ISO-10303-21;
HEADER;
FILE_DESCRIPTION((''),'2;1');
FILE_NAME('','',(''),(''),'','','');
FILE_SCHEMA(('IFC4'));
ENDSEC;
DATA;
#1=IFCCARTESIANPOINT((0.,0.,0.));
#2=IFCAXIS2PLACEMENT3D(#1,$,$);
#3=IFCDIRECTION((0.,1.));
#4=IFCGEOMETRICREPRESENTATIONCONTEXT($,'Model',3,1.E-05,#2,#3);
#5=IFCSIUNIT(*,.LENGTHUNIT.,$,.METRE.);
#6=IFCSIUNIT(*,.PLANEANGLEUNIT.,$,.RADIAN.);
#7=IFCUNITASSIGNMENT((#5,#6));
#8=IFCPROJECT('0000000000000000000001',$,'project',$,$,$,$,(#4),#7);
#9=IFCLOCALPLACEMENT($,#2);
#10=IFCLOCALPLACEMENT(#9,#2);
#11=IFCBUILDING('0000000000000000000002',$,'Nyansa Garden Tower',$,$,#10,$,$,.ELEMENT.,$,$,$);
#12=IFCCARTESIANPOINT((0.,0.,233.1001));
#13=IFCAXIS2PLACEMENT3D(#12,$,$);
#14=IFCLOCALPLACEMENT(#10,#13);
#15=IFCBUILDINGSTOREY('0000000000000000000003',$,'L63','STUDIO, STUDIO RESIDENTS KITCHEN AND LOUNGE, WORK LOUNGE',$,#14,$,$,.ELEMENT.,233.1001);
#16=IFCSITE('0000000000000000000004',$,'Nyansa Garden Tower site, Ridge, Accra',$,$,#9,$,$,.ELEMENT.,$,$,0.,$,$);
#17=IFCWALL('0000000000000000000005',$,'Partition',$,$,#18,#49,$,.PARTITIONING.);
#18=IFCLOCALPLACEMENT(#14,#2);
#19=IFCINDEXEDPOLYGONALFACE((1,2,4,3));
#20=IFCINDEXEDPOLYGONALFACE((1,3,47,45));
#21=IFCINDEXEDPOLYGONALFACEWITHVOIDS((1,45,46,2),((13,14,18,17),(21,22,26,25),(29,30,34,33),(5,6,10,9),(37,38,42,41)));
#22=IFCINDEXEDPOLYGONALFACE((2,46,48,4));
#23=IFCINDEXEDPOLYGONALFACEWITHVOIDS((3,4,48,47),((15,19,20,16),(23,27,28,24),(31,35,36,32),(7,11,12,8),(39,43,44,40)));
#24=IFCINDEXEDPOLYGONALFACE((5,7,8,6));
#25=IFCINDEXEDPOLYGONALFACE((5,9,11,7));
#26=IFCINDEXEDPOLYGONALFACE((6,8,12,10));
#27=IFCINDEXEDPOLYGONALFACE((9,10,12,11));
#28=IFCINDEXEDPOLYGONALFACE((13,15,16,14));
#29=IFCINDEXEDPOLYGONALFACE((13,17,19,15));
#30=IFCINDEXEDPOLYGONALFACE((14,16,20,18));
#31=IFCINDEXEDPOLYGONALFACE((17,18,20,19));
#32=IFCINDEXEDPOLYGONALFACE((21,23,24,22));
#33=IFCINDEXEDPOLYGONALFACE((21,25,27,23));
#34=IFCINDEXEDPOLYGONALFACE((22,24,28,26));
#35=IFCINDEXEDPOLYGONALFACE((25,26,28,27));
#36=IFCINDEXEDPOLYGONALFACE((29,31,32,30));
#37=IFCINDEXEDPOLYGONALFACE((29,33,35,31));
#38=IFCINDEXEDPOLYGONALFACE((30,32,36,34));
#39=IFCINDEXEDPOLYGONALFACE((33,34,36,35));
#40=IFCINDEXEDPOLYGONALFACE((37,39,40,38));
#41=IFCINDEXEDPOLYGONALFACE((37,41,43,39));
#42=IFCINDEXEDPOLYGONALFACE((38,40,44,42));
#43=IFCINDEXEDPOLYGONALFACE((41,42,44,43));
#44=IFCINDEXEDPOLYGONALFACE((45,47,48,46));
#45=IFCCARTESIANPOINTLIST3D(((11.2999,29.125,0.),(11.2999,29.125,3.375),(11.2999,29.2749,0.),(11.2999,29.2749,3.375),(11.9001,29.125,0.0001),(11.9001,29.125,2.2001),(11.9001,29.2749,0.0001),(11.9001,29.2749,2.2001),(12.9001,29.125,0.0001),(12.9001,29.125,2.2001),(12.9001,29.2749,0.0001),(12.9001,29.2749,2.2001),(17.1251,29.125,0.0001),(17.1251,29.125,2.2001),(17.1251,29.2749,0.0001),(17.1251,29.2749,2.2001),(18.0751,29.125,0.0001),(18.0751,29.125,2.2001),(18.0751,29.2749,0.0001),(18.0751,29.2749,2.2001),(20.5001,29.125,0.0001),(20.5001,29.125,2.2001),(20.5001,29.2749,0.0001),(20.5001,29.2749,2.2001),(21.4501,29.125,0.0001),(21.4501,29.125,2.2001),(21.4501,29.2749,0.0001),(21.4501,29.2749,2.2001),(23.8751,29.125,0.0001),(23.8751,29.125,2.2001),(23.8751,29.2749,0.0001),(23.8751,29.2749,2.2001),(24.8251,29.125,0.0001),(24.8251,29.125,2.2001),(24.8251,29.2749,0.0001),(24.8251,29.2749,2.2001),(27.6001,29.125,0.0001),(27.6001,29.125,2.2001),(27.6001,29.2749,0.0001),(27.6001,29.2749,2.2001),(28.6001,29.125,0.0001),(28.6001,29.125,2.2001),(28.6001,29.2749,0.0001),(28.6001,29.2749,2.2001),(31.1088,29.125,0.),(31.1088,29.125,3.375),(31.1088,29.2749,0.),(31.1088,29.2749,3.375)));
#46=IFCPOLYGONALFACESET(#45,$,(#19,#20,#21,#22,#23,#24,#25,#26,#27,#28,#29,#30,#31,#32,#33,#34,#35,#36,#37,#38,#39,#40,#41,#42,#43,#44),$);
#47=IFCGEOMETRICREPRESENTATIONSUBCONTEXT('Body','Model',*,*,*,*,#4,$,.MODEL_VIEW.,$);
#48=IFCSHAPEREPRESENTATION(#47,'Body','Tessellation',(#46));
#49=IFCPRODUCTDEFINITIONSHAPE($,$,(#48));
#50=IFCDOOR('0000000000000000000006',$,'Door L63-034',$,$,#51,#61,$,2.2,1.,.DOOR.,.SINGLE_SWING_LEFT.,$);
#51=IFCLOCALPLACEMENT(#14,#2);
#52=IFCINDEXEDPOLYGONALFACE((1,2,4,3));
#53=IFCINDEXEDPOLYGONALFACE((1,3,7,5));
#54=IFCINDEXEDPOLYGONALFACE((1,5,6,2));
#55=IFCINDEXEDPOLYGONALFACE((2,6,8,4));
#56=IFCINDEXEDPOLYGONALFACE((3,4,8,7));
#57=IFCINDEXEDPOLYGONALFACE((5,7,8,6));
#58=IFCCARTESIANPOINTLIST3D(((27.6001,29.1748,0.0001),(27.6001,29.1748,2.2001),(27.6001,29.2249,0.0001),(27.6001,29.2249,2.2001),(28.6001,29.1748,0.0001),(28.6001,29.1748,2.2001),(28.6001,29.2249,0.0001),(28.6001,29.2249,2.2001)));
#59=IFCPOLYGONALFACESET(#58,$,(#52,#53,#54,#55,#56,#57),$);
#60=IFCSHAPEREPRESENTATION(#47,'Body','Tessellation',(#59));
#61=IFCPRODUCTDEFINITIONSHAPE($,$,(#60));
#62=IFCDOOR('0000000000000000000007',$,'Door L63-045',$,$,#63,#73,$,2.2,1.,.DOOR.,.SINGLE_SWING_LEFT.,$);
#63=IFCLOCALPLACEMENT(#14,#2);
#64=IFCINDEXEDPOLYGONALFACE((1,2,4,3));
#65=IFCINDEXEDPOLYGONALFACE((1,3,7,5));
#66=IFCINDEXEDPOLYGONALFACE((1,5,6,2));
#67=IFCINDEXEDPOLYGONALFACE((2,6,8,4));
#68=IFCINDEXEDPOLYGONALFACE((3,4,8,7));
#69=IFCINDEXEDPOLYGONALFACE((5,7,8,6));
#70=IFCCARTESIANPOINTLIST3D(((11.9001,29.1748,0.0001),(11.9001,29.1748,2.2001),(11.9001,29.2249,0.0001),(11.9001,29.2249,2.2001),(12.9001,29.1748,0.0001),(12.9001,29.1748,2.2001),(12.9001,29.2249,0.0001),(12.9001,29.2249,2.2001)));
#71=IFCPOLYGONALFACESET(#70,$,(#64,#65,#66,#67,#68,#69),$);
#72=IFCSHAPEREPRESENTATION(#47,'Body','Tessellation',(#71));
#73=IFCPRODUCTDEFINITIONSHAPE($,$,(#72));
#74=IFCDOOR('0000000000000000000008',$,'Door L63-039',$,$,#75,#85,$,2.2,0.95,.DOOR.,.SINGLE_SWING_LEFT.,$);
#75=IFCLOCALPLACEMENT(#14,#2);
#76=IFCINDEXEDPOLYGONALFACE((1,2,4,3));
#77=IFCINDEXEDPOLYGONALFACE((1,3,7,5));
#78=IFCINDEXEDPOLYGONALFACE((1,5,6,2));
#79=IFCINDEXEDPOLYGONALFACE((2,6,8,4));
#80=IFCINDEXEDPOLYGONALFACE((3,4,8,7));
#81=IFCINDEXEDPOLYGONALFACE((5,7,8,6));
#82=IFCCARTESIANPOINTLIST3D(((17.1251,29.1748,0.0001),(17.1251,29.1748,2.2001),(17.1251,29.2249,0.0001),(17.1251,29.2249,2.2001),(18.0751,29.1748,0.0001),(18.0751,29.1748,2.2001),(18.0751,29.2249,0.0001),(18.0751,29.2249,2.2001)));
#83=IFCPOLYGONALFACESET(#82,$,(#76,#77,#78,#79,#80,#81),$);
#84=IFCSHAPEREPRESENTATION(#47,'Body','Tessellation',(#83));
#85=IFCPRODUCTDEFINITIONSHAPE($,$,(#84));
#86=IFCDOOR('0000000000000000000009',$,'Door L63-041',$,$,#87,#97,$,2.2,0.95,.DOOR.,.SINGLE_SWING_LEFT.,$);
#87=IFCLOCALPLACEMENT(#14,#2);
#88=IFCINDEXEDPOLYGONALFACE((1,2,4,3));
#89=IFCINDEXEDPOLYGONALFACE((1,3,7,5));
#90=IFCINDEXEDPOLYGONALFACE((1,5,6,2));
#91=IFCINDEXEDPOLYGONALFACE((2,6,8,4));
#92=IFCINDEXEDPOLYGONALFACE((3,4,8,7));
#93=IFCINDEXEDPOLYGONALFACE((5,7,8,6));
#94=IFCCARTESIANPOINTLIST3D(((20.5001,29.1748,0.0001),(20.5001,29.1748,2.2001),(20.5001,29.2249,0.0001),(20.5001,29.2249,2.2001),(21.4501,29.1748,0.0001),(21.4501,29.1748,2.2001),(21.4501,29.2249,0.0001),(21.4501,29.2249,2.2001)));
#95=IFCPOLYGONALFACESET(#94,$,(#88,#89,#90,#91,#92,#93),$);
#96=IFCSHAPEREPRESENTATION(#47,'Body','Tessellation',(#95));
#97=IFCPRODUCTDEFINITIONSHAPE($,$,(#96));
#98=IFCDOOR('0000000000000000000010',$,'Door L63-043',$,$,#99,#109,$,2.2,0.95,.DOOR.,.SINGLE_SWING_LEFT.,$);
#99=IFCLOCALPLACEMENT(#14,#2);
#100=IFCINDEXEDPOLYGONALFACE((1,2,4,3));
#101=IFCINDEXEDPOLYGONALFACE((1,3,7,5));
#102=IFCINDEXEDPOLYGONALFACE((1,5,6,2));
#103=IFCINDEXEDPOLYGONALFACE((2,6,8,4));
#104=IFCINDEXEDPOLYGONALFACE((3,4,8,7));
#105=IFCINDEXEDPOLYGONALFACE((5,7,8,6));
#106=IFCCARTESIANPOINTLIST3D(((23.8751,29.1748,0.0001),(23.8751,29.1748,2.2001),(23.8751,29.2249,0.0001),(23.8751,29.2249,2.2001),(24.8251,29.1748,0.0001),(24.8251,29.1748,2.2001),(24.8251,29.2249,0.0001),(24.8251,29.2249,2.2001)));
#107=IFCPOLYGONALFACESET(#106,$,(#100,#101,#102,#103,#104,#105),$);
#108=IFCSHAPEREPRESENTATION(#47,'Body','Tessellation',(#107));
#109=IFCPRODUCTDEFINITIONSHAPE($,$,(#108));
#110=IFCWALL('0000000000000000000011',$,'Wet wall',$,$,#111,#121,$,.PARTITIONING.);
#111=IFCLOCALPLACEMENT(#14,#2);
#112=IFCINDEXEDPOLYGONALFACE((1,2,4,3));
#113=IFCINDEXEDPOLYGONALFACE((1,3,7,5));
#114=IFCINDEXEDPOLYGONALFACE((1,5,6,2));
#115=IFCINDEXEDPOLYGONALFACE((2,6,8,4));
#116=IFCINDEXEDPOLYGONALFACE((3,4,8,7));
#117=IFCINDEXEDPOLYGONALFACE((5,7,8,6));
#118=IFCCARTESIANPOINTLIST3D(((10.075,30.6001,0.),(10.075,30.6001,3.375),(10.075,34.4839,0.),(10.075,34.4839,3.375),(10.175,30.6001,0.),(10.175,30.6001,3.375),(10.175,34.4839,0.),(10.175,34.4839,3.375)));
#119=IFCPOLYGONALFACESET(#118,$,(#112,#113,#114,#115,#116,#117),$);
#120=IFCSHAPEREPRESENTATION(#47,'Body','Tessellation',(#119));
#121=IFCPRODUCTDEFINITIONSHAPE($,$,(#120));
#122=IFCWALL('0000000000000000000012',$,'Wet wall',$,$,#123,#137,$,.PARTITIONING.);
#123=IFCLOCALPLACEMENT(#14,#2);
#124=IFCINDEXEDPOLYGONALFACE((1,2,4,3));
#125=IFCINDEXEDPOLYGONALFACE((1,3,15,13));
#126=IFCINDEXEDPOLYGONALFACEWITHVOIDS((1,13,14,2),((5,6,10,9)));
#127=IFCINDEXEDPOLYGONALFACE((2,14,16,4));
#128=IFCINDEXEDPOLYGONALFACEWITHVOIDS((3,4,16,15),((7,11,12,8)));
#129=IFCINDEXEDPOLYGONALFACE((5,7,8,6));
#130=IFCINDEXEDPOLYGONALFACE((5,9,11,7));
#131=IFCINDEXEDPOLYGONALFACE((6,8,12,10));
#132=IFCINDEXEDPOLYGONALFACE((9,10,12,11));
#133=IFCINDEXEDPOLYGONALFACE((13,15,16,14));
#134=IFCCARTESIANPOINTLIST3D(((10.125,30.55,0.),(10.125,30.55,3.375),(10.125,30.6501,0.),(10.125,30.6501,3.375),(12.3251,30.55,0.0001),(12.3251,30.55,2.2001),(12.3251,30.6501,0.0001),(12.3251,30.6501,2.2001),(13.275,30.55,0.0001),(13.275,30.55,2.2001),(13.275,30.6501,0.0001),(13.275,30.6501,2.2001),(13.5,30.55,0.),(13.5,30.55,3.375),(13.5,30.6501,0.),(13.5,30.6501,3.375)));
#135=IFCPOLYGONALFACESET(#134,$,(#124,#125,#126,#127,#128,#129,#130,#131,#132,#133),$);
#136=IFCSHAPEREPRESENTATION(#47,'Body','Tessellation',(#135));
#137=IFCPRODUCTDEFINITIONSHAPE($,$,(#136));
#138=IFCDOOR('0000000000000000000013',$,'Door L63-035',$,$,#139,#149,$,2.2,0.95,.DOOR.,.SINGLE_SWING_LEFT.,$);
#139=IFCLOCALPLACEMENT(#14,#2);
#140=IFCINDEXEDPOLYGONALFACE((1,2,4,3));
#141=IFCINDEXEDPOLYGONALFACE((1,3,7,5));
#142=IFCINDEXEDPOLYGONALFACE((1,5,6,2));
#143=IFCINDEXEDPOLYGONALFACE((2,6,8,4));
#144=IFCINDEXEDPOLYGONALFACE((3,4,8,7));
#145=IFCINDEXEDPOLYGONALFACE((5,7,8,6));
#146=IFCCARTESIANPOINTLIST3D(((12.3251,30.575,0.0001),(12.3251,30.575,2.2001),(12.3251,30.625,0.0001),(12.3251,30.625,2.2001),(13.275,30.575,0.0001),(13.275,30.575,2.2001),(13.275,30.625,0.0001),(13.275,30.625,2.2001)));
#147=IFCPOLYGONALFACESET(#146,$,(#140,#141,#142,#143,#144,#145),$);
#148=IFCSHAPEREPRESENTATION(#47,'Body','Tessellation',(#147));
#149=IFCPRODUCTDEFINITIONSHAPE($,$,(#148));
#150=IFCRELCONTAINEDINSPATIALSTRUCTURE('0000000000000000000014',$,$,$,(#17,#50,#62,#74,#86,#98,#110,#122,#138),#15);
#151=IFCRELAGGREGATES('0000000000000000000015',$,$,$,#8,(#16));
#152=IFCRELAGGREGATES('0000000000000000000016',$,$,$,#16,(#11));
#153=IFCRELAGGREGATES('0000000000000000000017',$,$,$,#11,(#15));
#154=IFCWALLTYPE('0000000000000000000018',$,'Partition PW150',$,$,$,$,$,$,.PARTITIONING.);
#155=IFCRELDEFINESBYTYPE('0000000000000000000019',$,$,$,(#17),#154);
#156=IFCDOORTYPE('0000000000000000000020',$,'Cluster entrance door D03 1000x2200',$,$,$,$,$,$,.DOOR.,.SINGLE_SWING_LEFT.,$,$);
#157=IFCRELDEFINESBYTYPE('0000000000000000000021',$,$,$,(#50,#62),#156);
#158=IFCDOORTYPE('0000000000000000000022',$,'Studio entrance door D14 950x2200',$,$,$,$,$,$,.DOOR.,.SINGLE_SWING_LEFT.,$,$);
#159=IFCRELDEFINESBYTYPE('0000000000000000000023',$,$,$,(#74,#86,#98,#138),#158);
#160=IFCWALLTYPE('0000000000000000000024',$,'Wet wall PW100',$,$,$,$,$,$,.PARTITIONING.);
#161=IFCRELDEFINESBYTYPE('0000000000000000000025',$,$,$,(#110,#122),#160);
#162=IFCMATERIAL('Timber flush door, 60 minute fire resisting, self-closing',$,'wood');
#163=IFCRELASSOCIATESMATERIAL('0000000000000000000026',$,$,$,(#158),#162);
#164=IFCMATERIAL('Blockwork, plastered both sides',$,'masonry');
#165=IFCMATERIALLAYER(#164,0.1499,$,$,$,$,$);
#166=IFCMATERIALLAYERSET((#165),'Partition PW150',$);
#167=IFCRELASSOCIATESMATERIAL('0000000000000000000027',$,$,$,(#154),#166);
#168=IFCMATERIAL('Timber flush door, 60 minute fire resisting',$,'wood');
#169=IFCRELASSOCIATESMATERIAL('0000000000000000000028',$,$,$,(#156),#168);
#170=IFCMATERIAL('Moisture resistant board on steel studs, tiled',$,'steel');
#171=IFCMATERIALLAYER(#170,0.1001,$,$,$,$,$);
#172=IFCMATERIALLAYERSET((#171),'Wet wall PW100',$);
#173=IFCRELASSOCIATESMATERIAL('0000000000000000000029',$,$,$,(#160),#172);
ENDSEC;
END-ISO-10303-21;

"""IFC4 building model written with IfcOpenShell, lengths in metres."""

from ifc_helpers import new_model, si_unit, direction, frame, frame_2d, origin, place, context, subcontext, project, spatial, rectangle, extrude, material, layer, layer_set, type_object, element, fill, save


model = new_model("IFC4")

# Units and contexts
model_context = context("Model", 3, precision=1e-05, world=origin(), true_north=direction((0.0, 1.0)))
body_context = subcontext(model_context, "Body", "Model", "MODEL_VIEW")
ifc_project = project(units=[si_unit("LENGTHUNIT", "METRE"), si_unit("PLANEANGLEUNIT", "RADIAN")], contexts=[model_context])

# Site, building, storey
site_placement = place(None, origin())
site = spatial("IfcSite", under=ifc_project, at=site_placement, Name="Nyansa Garden Tower site, Ridge, Accra", CompositionType="ELEMENT", RefElevation=0.0)
building_placement = place(site_placement, origin())
building = spatial("IfcBuilding", under=site, at=building_placement, Name="Nyansa Garden Tower", CompositionType="ELEMENT")
storey_placement = place(building_placement, frame((0.0, 0.0, 233.1001)))
storey = spatial("IfcBuildingStorey", under=building, at=storey_placement, Name="L63", Description="STUDIO, STUDIO RESIDENTS KITCHEN AND LOUNGE, WORK LOUNGE", CompositionType="ELEMENT", Elevation=233.1001)

# Shared definitions
ifc_material_1 = material(Name="Timber flush door, 60 minute fire resisting, self-closing", Category="wood")
door_type_1 = type_object("IfcDoorType", Name="Studio entrance door D14 950x2200", OperationType="SINGLE_SWING_LEFT", PredefinedType="DOOR", material=ifc_material_1)

# Wall, openings, doors
ifc_material_2 = material(Name="Blockwork, plastered both sides", Category="masonry")
ifc_layer_1 = layer(ifc_material_2, 0.1499)
ifc_layer_set_1 = layer_set([ifc_layer_1], Name="Partition PW150")
wall_type_1 = type_object("IfcWallType", Name="Partition PW150", PredefinedType="PARTITIONING", material=ifc_layer_set_1)
wall_1_placement = place(storey_placement, frame((11.3, 29.2, 0.0), z_axis=(0.0, 0.0, 1.0), x_axis=(1.0, 0.0, 0.0)))
wall_1 = element("IfcWall", 1, at=wall_1_placement, inside=storey, type_object=wall_type_1, Name="Partition", PredefinedType="PARTITIONING", context=body_context, shape_type="SweptSolid", body=[
    extrude(rectangle(XDim=19.8088, YDim=0.1499, at=frame_2d((9.9043, 0.0))), origin(), (0.0, 0.0, 1.0), 3.375),
])
opening_1_placement = place(wall_1_placement, frame((16.3, 0.0, 0.0)))
opening_1 = element("IfcOpeningElement", 2, at=opening_1_placement, cuts=wall_1, PredefinedType="OPENING", context=body_context, shape_type="SweptSolid", body=[
    extrude(rectangle(XDim=1.0, YDim=2.2, at=frame_2d((0.5, 1.1001))), frame((0.0, 0.085, 0.0), z_axis=(0.0, -1.0, 0.0), x_axis=(1.0, 0.0, 0.0)), (0.0, 0.0, 1.0), 0.1699),
])
opening_2_placement = place(wall_1_placement, frame((5.825, 0.0, 0.0)))
opening_2 = element("IfcOpeningElement", 3, at=opening_2_placement, cuts=wall_1, PredefinedType="OPENING", context=body_context, shape_type="SweptSolid", body=[
    extrude(rectangle(XDim=0.95, YDim=2.2, at=frame_2d((0.4751, 1.1001))), frame((0.0, 0.085, 0.0), z_axis=(0.0, -1.0, 0.0), x_axis=(1.0, 0.0, 0.0)), (0.0, 0.0, 1.0), 0.1699),
])
opening_3_placement = place(wall_1_placement, frame((9.2, 0.0, 0.0)))
opening_3 = element("IfcOpeningElement", 4, at=opening_3_placement, cuts=wall_1, PredefinedType="OPENING", context=body_context, shape_type="SweptSolid", body=[
    extrude(rectangle(XDim=0.95, YDim=2.2, at=frame_2d((0.4751, 1.1001))), frame((0.0, 0.085, 0.0), z_axis=(0.0, -1.0, 0.0), x_axis=(1.0, 0.0, 0.0)), (0.0, 0.0, 1.0), 0.1699),
])
opening_4_placement = place(wall_1_placement, frame((12.575, 0.0, 0.0)))
opening_4 = element("IfcOpeningElement", 5, at=opening_4_placement, cuts=wall_1, PredefinedType="OPENING", context=body_context, shape_type="SweptSolid", body=[
    extrude(rectangle(XDim=0.95, YDim=2.2, at=frame_2d((0.4751, 1.1001))), frame((0.0, 0.085, 0.0), z_axis=(0.0, -1.0, 0.0), x_axis=(1.0, 0.0, 0.0)), (0.0, 0.0, 1.0), 0.1699),
])
opening_5_placement = place(wall_1_placement, frame((0.6001, 0.0, 0.0)))
opening_5 = element("IfcOpeningElement", 6, at=opening_5_placement, cuts=wall_1, PredefinedType="OPENING", context=body_context, shape_type="SweptSolid", body=[
    extrude(rectangle(XDim=1.0, YDim=2.2, at=frame_2d((0.5, 1.1001))), frame((0.0, 0.085, 0.0), z_axis=(0.0, -1.0, 0.0), x_axis=(1.0, 0.0, 0.0)), (0.0, 0.0, 1.0), 0.1699),
])
ifc_material_3 = material(Name="Timber flush door, 60 minute fire resisting", Category="wood")
door_type_2 = type_object("IfcDoorType", Name="Cluster entrance door D03 1000x2200", OperationType="SINGLE_SWING_LEFT", PredefinedType="DOOR", material=ifc_material_3)
door_1_placement = place(opening_1_placement, origin())
door_1 = element("IfcDoor", 7, at=door_1_placement, inside=storey, type_object=door_type_2, Name="Door L63-034", OperationType="SINGLE_SWING_LEFT", OverallHeight=2.2, OverallWidth=1.0, PredefinedType="DOOR", context=body_context, shape_type="SweptSolid", body=[
    extrude(rectangle(XDim=1.0, YDim=2.2, at=frame_2d((0.5, 1.1001))), frame((0.0, 0.0249, 0.0), z_axis=(0.0, -1.0, 0.0), x_axis=(1.0, 0.0, 0.0)), (0.0, 0.0, 1.0), 0.05),
])
fill(opening_1, door_1)
door_2_placement = place(opening_5_placement, origin())
door_2 = element("IfcDoor", 8, at=door_2_placement, inside=storey, type_object=door_type_2, Name="Door L63-045", OperationType="SINGLE_SWING_LEFT", OverallHeight=2.2, OverallWidth=1.0, PredefinedType="DOOR", context=body_context, shape_type="SweptSolid", body=[
    extrude(rectangle(XDim=1.0, YDim=2.2, at=frame_2d((0.5, 1.1001))), frame((0.0, 0.0249, 0.0), z_axis=(0.0, -1.0, 0.0), x_axis=(1.0, 0.0, 0.0)), (0.0, 0.0, 1.0), 0.05),
])
fill(opening_5, door_2)
door_3_placement = place(opening_2_placement, origin())
door_3 = element("IfcDoor", 9, at=door_3_placement, inside=storey, type_object=door_type_1, Name="Door L63-039", OperationType="SINGLE_SWING_LEFT", OverallHeight=2.2, OverallWidth=0.95, PredefinedType="DOOR", context=body_context, shape_type="SweptSolid", body=[
    extrude(rectangle(XDim=0.95, YDim=2.2, at=frame_2d((0.4751, 1.1001))), frame((0.0, 0.0249, 0.0), z_axis=(0.0, -1.0, 0.0), x_axis=(1.0, 0.0, 0.0)), (0.0, 0.0, 1.0), 0.05),
])
fill(opening_2, door_3)
door_4_placement = place(opening_3_placement, origin())
door_4 = element("IfcDoor", 10, at=door_4_placement, inside=storey, type_object=door_type_1, Name="Door L63-041", OperationType="SINGLE_SWING_LEFT", OverallHeight=2.2, OverallWidth=0.95, PredefinedType="DOOR", context=body_context, shape_type="SweptSolid", body=[
    extrude(rectangle(XDim=0.95, YDim=2.2, at=frame_2d((0.4751, 1.1001))), frame((0.0, 0.0249, 0.0), z_axis=(0.0, -1.0, 0.0), x_axis=(1.0, 0.0, 0.0)), (0.0, 0.0, 1.0), 0.05),
])
fill(opening_3, door_4)
door_5_placement = place(opening_4_placement, origin())
door_5 = element("IfcDoor", 11, at=door_5_placement, inside=storey, type_object=door_type_1, Name="Door L63-043", OperationType="SINGLE_SWING_LEFT", OverallHeight=2.2, OverallWidth=0.95, PredefinedType="DOOR", context=body_context, shape_type="SweptSolid", body=[
    extrude(rectangle(XDim=0.95, YDim=2.2, at=frame_2d((0.4751, 1.1001))), frame((0.0, 0.0249, 0.0), z_axis=(0.0, -1.0, 0.0), x_axis=(1.0, 0.0, 0.0)), (0.0, 0.0, 1.0), 0.05),
])
fill(opening_4, door_5)

# Wall
ifc_material_4 = material(Name="Moisture resistant board on steel studs, tiled", Category="steel")
ifc_layer_2 = layer(ifc_material_4, 0.1001)
ifc_layer_set_2 = layer_set([ifc_layer_2], Name="Wet wall PW100")
wall_type_2 = type_object("IfcWallType", Name="Wet wall PW100", PredefinedType="PARTITIONING", material=ifc_layer_set_2)
wall_2_placement = place(storey_placement, frame((10.125, 30.6001, 0.0), z_axis=(0.0, 0.0, 1.0), x_axis=(0.0, 1.0, 0.0)))
element("IfcWall", 12, at=wall_2_placement, inside=storey, type_object=wall_type_2, Name="Wet wall", PredefinedType="PARTITIONING", context=body_context, shape_type="SweptSolid", body=[
    extrude(rectangle(XDim=3.8838, YDim=0.1001, at=frame_2d((1.9419, 0.0))), origin(), (0.0, 0.0, 1.0), 3.375),
])

# Wall, opening, door
wall_3_placement = place(storey_placement, frame((10.125, 30.6001, 0.0), z_axis=(0.0, 0.0, 1.0), x_axis=(1.0, 0.0, 0.0)))
wall_3 = element("IfcWall", 13, at=wall_3_placement, inside=storey, type_object=wall_type_2, Name="Wet wall", PredefinedType="PARTITIONING", context=body_context, shape_type="SweptSolid", body=[
    extrude(rectangle(XDim=3.375, YDim=0.1001, at=frame_2d((1.6875, 0.0))), origin(), (0.0, 0.0, 1.0), 3.375),
])
opening_6_placement = place(wall_3_placement, frame((2.2, 0.0, 0.0)))
opening_6 = element("IfcOpeningElement", 14, at=opening_6_placement, cuts=wall_3, PredefinedType="OPENING", context=body_context, shape_type="SweptSolid", body=[
    extrude(rectangle(XDim=0.95, YDim=2.2, at=frame_2d((0.4751, 1.1001))), frame((0.0, 0.0601, 0.0), z_axis=(0.0, -1.0, 0.0), x_axis=(1.0, 0.0, 0.0)), (0.0, 0.0, 1.0), 0.1201),
])
door_6_placement = place(opening_6_placement, origin())
door_6 = element("IfcDoor", 15, at=door_6_placement, inside=storey, type_object=door_type_1, Name="Door L63-035", OperationType="SINGLE_SWING_LEFT", OverallHeight=2.2, OverallWidth=0.95, PredefinedType="DOOR", context=body_context, shape_type="SweptSolid", body=[
    extrude(rectangle(XDim=0.95, YDim=2.2, at=frame_2d((0.4751, 1.1001))), frame((0.0, 0.0249, 0.0), z_axis=(0.0, -1.0, 0.0), x_axis=(1.0, 0.0, 0.0)), (0.0, 0.0, 1.0), 0.05),
])
fill(opening_6, door_6)

save(model, "model.ifc")
